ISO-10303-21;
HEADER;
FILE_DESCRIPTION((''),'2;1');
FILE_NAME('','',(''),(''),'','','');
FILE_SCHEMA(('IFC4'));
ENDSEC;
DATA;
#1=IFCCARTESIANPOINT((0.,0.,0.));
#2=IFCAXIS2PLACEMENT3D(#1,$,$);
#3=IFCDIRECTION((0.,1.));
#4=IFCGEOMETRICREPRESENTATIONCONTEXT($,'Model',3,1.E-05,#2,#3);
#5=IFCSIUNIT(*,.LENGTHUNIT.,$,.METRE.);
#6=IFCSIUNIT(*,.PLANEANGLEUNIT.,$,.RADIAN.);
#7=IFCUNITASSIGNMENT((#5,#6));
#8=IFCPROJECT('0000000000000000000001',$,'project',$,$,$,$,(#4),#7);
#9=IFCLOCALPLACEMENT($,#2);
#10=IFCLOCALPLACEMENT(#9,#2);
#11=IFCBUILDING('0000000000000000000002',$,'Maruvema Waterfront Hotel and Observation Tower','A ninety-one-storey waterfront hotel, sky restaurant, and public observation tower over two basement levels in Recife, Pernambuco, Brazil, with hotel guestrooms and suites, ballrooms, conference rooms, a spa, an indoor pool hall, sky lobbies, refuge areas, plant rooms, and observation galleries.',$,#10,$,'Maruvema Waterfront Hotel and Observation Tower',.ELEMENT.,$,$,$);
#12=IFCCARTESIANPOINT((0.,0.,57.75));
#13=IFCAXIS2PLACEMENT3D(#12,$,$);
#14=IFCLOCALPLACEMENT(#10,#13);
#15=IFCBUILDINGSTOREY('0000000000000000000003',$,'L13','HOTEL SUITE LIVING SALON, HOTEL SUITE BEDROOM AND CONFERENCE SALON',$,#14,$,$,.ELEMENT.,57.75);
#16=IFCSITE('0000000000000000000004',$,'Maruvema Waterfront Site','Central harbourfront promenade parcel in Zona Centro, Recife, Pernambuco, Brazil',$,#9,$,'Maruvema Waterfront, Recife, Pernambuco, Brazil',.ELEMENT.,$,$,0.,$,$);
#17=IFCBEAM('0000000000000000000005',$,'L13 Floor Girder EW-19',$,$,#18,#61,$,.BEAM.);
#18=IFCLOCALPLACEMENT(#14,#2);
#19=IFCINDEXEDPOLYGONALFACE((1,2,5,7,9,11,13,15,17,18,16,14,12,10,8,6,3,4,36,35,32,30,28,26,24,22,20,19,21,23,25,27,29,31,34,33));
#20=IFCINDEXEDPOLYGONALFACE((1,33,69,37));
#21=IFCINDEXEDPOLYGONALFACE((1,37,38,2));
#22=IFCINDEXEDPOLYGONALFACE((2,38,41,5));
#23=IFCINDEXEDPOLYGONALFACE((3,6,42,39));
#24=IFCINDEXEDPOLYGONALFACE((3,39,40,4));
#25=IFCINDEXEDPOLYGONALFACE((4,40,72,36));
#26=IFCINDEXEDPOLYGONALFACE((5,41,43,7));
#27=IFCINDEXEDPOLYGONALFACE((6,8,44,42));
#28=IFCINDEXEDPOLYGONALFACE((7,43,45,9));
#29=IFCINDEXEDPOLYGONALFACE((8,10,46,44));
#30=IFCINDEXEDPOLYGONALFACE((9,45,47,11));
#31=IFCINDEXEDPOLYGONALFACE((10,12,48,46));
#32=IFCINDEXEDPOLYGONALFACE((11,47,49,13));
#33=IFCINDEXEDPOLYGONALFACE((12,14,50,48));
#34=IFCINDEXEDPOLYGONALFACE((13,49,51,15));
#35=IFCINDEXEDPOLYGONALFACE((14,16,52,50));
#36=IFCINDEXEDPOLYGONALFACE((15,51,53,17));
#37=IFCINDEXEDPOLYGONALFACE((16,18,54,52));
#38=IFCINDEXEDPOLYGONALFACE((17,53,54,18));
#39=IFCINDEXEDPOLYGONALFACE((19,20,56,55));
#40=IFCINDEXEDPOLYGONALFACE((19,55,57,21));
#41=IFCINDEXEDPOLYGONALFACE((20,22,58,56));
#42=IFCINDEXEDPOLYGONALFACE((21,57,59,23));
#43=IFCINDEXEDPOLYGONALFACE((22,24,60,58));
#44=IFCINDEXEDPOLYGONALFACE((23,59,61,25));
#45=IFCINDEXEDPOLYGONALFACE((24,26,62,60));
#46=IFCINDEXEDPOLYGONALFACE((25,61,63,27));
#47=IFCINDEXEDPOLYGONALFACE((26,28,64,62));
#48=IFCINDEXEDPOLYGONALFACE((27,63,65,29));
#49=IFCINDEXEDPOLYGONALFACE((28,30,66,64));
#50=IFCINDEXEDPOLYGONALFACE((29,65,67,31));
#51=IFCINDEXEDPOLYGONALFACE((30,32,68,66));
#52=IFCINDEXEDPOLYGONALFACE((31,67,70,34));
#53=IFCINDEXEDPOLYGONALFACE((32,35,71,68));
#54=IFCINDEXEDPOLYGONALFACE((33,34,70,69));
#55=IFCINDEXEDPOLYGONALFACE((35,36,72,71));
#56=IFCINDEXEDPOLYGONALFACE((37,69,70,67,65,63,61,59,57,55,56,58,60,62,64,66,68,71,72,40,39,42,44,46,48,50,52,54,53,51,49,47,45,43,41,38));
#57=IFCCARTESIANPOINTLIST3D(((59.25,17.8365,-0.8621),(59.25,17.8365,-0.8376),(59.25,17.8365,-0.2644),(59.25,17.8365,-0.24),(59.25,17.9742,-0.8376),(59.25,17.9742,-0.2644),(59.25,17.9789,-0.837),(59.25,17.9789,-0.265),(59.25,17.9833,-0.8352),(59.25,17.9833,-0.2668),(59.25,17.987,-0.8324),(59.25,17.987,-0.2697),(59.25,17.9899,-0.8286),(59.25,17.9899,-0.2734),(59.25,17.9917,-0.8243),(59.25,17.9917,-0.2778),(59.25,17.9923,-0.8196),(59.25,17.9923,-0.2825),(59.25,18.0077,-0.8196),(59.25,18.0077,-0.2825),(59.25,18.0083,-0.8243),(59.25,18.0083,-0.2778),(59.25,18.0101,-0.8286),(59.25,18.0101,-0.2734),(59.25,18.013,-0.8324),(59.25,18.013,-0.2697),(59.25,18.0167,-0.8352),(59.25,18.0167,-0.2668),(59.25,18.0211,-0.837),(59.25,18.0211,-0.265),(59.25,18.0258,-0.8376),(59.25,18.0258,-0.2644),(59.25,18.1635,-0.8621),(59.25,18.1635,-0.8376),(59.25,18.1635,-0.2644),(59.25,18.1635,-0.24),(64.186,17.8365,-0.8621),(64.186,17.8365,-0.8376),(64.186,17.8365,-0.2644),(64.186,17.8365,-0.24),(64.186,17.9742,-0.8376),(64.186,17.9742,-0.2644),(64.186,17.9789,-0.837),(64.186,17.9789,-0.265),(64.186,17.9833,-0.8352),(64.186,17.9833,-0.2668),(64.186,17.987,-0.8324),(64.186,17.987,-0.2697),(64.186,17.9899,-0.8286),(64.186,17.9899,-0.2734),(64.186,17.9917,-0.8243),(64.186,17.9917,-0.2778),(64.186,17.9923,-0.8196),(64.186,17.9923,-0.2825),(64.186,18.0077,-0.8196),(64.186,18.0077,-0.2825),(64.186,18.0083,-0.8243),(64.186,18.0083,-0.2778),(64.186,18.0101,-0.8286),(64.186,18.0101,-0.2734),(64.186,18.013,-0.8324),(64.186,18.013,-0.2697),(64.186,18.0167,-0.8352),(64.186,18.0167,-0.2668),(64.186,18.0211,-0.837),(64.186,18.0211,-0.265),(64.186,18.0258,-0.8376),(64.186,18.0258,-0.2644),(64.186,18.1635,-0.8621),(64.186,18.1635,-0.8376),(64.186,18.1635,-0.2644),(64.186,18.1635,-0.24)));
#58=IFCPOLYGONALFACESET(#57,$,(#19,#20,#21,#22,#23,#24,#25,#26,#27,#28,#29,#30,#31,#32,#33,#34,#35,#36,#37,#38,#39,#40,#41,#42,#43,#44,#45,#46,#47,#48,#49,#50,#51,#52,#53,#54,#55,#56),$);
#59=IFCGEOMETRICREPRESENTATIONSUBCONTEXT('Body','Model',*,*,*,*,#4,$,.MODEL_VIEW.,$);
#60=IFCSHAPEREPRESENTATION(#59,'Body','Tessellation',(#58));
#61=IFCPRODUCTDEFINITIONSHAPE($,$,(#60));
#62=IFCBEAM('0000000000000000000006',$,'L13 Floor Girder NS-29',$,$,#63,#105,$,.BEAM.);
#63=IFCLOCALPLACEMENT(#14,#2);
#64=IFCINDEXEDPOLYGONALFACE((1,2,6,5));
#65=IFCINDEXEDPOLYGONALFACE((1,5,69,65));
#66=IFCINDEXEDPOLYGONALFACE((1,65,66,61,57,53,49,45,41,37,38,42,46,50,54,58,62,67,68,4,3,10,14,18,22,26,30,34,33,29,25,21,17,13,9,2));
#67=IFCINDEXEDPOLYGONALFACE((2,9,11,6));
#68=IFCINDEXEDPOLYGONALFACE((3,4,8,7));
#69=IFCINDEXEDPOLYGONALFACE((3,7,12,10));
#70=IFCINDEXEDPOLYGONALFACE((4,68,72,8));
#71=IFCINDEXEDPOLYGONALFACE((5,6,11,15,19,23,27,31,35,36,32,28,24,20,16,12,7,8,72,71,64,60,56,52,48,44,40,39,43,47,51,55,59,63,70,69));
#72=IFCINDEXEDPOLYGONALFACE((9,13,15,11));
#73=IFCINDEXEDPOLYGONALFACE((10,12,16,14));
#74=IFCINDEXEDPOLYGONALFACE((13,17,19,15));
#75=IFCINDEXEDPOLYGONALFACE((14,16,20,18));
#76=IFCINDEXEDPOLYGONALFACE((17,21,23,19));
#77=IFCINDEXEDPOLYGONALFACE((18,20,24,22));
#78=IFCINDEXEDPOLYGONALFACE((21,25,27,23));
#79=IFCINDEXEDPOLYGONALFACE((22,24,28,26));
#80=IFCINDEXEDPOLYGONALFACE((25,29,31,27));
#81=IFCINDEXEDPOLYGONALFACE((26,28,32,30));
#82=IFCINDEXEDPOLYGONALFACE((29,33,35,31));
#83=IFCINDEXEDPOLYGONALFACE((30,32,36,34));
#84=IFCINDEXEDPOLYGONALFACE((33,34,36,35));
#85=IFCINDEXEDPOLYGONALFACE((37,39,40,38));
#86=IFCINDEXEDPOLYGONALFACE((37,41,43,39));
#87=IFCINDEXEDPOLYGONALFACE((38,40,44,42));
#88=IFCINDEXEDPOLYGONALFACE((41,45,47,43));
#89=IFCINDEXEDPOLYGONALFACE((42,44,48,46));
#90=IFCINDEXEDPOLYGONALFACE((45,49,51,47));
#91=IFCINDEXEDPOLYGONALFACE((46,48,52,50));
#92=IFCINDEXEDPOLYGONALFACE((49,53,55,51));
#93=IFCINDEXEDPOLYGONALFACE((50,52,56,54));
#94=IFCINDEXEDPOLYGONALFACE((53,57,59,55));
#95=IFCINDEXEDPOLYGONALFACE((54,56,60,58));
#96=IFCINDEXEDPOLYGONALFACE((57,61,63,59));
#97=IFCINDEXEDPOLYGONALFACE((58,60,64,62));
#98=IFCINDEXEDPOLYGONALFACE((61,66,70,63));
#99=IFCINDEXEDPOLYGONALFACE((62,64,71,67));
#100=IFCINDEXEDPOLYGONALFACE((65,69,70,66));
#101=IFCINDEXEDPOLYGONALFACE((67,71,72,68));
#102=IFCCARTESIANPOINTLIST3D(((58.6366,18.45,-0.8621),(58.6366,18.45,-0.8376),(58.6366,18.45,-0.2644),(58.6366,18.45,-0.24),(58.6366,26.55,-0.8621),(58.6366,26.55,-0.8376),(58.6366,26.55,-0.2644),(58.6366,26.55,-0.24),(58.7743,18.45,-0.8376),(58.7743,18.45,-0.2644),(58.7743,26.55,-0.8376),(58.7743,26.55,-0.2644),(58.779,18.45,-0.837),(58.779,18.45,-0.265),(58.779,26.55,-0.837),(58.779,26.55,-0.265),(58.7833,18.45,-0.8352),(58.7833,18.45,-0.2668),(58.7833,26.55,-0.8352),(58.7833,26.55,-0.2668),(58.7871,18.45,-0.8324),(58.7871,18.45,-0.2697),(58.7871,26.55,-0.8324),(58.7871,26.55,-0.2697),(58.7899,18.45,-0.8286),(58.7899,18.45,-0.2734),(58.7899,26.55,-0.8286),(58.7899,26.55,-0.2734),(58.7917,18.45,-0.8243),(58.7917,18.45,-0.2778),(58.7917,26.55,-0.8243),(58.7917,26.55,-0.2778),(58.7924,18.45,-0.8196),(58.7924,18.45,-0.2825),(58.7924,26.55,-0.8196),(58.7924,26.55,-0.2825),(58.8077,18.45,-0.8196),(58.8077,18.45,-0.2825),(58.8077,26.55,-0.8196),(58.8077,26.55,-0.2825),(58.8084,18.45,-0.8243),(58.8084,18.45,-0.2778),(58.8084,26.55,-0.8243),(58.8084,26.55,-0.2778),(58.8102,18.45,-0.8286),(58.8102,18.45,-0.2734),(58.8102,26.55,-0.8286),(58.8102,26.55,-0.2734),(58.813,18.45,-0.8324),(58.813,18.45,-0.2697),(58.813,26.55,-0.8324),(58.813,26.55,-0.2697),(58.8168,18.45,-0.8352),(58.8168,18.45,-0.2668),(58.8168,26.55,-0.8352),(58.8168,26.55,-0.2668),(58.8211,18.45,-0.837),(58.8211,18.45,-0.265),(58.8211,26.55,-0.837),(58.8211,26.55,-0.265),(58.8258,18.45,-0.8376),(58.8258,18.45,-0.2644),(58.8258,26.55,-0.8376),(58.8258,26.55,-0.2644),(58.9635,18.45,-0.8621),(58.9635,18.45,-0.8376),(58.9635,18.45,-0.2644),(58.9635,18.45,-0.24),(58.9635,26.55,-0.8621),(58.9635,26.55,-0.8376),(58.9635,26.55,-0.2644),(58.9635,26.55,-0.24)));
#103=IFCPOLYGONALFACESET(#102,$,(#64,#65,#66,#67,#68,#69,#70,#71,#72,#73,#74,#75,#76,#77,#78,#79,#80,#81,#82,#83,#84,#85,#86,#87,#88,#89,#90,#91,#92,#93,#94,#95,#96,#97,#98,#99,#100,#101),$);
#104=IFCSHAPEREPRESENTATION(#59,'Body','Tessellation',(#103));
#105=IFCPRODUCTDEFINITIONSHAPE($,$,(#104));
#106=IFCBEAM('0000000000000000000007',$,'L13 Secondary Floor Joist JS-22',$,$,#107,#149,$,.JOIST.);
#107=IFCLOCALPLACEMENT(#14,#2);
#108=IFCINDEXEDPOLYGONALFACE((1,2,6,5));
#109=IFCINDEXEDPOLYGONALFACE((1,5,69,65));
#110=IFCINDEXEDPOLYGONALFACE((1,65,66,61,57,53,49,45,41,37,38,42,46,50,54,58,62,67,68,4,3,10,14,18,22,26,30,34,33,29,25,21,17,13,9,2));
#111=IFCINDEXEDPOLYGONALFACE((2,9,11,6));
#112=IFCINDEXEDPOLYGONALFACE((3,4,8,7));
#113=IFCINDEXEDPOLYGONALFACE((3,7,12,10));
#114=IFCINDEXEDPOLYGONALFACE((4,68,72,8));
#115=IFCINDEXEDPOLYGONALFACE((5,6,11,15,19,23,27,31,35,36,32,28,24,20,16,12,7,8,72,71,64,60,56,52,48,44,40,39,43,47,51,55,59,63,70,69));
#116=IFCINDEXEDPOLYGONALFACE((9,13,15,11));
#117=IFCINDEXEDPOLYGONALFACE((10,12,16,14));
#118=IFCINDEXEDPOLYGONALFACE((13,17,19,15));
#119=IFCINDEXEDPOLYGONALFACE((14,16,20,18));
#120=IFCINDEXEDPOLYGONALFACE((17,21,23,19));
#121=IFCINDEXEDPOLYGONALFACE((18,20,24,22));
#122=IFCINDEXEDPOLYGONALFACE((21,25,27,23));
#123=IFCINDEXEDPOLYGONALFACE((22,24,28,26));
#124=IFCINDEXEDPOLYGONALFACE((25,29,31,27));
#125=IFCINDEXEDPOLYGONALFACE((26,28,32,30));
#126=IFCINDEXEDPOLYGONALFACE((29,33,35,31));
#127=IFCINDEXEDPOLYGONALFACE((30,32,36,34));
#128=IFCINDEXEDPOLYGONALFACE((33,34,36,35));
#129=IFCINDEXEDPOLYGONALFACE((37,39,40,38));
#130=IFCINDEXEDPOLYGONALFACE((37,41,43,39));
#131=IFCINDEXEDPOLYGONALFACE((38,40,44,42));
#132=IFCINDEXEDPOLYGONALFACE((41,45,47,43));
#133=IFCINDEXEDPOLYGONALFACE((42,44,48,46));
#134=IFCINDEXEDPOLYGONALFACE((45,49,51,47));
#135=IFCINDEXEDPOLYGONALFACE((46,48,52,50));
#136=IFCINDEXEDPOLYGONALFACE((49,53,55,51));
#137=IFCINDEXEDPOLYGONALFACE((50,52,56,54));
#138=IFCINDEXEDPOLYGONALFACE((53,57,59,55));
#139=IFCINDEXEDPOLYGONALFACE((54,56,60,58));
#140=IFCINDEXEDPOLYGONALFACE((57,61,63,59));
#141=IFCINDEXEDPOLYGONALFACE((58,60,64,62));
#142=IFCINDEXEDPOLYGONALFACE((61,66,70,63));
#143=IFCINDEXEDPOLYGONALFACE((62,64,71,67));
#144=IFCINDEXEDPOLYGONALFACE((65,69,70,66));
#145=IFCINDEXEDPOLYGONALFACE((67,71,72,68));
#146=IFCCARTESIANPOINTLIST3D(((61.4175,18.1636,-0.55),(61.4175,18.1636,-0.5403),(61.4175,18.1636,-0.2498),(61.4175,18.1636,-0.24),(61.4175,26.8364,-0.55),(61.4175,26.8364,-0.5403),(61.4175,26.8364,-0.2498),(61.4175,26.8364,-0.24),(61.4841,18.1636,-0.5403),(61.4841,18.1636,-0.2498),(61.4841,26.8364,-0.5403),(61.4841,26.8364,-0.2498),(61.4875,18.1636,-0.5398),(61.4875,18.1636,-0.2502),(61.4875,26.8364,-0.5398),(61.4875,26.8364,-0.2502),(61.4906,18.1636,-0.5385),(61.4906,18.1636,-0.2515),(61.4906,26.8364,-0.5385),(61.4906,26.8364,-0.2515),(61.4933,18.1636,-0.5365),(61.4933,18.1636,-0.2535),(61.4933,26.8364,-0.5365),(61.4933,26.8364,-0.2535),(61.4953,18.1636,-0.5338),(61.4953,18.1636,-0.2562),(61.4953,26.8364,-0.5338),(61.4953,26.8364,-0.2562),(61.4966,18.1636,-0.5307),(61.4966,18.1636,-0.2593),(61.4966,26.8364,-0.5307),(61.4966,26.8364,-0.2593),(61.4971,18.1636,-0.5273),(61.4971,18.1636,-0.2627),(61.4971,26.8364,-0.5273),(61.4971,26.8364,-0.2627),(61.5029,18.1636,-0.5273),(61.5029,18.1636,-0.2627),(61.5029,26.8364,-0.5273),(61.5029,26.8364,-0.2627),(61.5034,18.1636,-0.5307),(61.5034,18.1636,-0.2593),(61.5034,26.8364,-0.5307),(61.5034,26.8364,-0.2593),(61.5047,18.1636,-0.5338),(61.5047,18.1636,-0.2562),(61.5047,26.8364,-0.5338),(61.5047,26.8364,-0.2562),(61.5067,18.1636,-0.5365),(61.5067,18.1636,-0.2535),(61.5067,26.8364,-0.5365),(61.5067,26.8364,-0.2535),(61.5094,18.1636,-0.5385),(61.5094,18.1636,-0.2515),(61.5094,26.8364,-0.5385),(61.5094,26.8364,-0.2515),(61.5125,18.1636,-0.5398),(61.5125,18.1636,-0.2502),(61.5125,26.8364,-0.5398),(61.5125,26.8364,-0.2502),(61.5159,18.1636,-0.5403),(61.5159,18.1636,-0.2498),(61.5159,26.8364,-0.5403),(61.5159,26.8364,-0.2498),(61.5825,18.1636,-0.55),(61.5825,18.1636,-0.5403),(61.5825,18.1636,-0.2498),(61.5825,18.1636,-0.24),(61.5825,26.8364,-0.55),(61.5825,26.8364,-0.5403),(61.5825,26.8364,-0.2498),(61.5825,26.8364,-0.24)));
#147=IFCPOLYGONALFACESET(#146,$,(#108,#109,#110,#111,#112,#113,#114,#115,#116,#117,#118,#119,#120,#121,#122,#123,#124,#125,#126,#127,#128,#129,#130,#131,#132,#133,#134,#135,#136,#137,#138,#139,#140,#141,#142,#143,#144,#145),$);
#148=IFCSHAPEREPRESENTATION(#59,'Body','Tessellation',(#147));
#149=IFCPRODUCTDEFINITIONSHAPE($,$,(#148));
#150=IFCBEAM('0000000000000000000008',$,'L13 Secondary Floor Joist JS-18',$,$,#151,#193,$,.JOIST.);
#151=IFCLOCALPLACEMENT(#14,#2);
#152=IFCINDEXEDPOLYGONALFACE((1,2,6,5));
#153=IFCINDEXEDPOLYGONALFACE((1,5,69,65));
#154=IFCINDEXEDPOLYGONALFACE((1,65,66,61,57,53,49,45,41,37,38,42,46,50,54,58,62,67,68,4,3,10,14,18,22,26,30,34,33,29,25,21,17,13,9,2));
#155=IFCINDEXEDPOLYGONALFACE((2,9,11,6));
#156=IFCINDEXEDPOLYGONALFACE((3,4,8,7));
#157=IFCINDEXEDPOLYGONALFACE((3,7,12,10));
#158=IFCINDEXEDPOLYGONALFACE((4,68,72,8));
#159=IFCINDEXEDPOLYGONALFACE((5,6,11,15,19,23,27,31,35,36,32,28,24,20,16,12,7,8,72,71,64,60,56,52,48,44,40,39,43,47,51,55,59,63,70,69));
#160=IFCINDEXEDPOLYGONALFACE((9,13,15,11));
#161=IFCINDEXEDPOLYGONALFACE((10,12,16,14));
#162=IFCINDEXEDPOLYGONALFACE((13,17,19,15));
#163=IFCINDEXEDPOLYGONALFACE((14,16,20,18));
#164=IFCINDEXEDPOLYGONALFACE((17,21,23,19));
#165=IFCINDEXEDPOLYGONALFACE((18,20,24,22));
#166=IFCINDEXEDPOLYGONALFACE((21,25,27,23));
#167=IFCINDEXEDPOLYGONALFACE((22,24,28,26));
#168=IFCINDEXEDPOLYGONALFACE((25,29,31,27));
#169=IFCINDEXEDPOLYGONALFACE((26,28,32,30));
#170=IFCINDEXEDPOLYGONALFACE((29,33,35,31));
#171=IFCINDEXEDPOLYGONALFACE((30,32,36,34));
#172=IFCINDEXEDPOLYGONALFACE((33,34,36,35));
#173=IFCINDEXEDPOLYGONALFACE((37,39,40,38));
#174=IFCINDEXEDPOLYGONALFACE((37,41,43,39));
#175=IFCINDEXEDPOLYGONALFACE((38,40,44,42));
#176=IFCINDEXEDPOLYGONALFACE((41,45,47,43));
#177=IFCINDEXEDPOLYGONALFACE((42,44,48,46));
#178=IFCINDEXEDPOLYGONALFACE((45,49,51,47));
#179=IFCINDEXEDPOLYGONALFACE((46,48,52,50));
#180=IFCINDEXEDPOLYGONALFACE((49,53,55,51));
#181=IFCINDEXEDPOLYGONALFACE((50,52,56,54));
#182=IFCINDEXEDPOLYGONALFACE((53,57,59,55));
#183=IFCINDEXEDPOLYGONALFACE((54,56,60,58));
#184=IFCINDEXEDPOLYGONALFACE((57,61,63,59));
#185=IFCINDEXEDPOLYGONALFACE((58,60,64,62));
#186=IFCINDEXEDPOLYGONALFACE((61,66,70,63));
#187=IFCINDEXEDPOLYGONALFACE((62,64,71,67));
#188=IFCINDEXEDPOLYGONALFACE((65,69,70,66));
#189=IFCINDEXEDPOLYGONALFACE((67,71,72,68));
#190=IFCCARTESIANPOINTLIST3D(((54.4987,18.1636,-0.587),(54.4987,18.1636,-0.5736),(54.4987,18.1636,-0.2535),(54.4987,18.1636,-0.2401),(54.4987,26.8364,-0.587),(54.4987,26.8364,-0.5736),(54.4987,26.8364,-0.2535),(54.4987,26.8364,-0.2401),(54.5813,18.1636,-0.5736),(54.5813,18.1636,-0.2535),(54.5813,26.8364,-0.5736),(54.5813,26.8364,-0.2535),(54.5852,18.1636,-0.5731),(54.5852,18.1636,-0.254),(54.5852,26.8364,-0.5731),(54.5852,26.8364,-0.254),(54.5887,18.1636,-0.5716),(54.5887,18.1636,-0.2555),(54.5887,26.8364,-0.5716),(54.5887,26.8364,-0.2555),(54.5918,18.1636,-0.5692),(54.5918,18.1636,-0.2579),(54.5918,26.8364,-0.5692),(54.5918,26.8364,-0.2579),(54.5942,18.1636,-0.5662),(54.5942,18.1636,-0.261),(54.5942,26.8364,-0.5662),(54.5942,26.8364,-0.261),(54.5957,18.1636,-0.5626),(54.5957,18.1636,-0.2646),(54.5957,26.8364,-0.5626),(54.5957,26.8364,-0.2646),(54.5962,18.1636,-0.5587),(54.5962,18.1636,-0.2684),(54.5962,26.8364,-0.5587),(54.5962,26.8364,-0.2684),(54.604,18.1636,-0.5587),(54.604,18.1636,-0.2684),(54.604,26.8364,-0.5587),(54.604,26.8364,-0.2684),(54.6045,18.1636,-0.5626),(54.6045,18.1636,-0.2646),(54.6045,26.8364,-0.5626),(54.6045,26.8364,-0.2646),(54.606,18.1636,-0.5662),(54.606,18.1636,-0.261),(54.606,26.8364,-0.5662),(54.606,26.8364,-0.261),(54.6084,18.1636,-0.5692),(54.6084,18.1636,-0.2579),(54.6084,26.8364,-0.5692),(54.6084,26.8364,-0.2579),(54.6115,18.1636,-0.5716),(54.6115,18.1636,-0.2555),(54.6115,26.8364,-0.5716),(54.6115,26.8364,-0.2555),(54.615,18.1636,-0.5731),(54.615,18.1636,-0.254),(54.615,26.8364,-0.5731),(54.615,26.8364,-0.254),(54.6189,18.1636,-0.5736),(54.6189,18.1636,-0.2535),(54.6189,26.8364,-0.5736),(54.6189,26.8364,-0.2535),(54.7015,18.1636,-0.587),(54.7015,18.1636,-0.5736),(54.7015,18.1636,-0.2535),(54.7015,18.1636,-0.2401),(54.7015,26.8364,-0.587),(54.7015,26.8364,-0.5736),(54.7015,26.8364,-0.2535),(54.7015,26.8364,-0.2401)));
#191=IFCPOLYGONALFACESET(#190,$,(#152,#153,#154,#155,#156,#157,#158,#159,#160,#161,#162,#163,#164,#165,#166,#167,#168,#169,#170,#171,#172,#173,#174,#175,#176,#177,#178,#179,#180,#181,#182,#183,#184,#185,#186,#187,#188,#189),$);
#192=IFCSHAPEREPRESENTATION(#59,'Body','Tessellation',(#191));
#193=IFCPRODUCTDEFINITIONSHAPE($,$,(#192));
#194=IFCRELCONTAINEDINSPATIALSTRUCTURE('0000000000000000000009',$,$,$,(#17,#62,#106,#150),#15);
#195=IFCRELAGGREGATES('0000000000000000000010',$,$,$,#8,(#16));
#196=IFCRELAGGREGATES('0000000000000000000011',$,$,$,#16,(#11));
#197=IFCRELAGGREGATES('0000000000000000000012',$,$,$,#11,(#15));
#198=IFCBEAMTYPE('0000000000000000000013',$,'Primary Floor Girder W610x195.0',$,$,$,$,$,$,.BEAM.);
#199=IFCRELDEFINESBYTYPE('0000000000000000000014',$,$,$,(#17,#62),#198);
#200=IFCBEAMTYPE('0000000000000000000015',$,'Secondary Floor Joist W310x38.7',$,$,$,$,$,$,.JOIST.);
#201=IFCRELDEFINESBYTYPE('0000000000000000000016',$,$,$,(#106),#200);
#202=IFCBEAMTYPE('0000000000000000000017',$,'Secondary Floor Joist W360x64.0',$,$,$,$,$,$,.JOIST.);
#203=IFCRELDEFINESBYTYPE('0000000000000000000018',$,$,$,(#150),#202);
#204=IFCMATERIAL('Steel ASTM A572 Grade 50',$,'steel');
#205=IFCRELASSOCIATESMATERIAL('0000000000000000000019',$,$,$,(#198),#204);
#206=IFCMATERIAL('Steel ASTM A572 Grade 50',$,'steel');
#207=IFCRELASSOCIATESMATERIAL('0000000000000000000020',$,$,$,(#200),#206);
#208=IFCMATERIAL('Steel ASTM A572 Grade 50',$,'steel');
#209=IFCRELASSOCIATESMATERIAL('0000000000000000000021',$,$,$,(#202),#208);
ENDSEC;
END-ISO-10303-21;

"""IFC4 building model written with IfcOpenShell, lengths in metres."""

from ifc_helpers import new_model, si_unit, direction, frame, origin, origin_2d, place, context, subcontext, project, spatial, i_section, extrude, material, material_profile, profile_set, type_object, element, save


model = new_model("IFC4")

# Units and contexts
model_context = context("Model", 3, precision=1e-05, world=origin(), true_north=direction((0.0, 1.0)))
body_context = subcontext(model_context, "Body", "Model", "MODEL_VIEW")
ifc_project = project(units=[si_unit("LENGTHUNIT", "METRE"), si_unit("PLANEANGLEUNIT", "RADIAN")], contexts=[model_context])

# Site, building, storey
site_placement = place(None, origin())
site = spatial("IfcSite", under=ifc_project, at=site_placement, Name="Maruvema Waterfront Site", Description="Central harbourfront promenade parcel in Zona Centro, Recife, Pernambuco, Brazil", LongName="Maruvema Waterfront, Recife, Pernambuco, Brazil", CompositionType="ELEMENT", RefElevation=0.0)
building_placement = place(site_placement, origin())
building = spatial("IfcBuilding", under=site, at=building_placement, Name="Maruvema Waterfront Hotel and Observation Tower", Description="A ninety-one-storey waterfront hotel, sky restaurant, and public observation tower over two basement levels in Recife, Pernambuco, Brazil, with hotel guestrooms and suites, ballrooms, conference rooms, a spa, an indoor pool hall, sky lobbies, refuge areas, plant rooms, and observation galleries.", LongName="Maruvema Waterfront Hotel and Observation Tower", CompositionType="ELEMENT")
storey_placement = place(building_placement, frame((0.0, 0.0, 57.75)))
storey = spatial("IfcBuildingStorey", under=building, at=storey_placement, Name="L13", Description="HOTEL SUITE LIVING SALON, HOTEL SUITE BEDROOM AND CONFERENCE SALON", CompositionType="ELEMENT", Elevation=57.75)

# Beams
ifc_material_1 = material(Name="Steel ASTM A572 Grade 50", Category="steel")
ifc_material_profile_1 = material_profile(ifc_material_1, i_section(OverallWidth=0.3269, OverallDepth=0.6221, WebThickness=0.0154, FlangeThickness=0.0244, FilletRadius=0.0181, at=origin_2d()), Name="W610x195.0")
ifc_profile_set_1 = profile_set([ifc_material_profile_1], Name="Steel ASTM A572 Grade 50")
beam_type_1 = type_object("IfcBeamType", Name="Primary Floor Girder W610x195.0", PredefinedType="BEAM", material=ifc_profile_set_1)
beam_1_placement = place(storey_placement, frame((59.25, 18.0, -0.551), z_axis=(1.0, 0.0, 0.0), x_axis=(0.0, 1.0, 0.0)))
element("IfcBeam", 1, at=beam_1_placement, inside=storey, type_object=beam_type_1, Name="L13 Floor Girder EW-19", PredefinedType="BEAM", context=body_context, shape_type="SweptSolid", body=[
    extrude(i_section(OverallWidth=0.3269, OverallDepth=0.6221, WebThickness=0.0154, FlangeThickness=0.0244, FilletRadius=0.0181, at=origin_2d()), origin(), (0.0, 0.0, 1.0), 4.936),
])
beam_2_placement = place(storey_placement, frame((58.8, 18.45, -0.551), z_axis=(0.0, 1.0, 0.0), x_axis=(-1.0, 0.0, 0.0)))
element("IfcBeam", 2, at=beam_2_placement, inside=storey, type_object=beam_type_1, Name="L13 Floor Girder NS-29", PredefinedType="BEAM", context=body_context, shape_type="SweptSolid", body=[
    extrude(i_section(OverallWidth=0.3269, OverallDepth=0.6221, WebThickness=0.0154, FlangeThickness=0.0244, FilletRadius=0.0181, at=origin_2d()), origin(), (0.0, 0.0, 1.0), 8.1001),
])
ifc_material_2 = material(Name="Steel ASTM A572 Grade 50", Category="steel")
ifc_material_profile_2 = material_profile(ifc_material_2, i_section(OverallWidth=0.165, OverallDepth=0.3101, WebThickness=0.0059, FlangeThickness=0.0098, FilletRadius=0.0129, at=origin_2d()), Name="W310x38.7")
ifc_profile_set_2 = profile_set([ifc_material_profile_2], Name="Steel ASTM A572 Grade 50")
beam_type_2 = type_object("IfcBeamType", Name="Secondary Floor Joist W310x38.7", PredefinedType="JOIST", material=ifc_profile_set_2)
beam_3_placement = place(storey_placement, frame((61.5, 18.1636, -0.395), z_axis=(0.0, 1.0, 0.0), x_axis=(-1.0, 0.0, 0.0)))
element("IfcBeam", 3, at=beam_3_placement, inside=storey, type_object=beam_type_2, Name="L13 Secondary Floor Joist JS-22", PredefinedType="JOIST", context=body_context, shape_type="SweptSolid", body=[
    extrude(i_section(OverallWidth=0.165, OverallDepth=0.3101, WebThickness=0.0059, FlangeThickness=0.0098, FilletRadius=0.0129, at=origin_2d()), origin(), (0.0, 0.0, 1.0), 8.6729),
])
ifc_material_3 = material(Name="Steel ASTM A572 Grade 50", Category="steel")
ifc_material_profile_3 = material_profile(ifc_material_3, i_section(OverallWidth=0.2029, OverallDepth=0.3469, WebThickness=0.0078, FlangeThickness=0.0134, FilletRadius=0.0149, at=origin_2d()), Name="W360x64.0")
ifc_profile_set_3 = profile_set([ifc_material_profile_3], Name="Steel ASTM A572 Grade 50")
beam_type_3 = type_object("IfcBeamType", Name="Secondary Floor Joist W360x64.0", PredefinedType="JOIST", material=ifc_profile_set_3)
beam_4_placement = place(storey_placement, frame((54.6001, 18.1636, -0.4136), z_axis=(0.0, 1.0, 0.0), x_axis=(-1.0, 0.0, 0.0)))
element("IfcBeam", 4, at=beam_4_placement, inside=storey, type_object=beam_type_3, Name="L13 Secondary Floor Joist JS-18", PredefinedType="JOIST", context=body_context, shape_type="SweptSolid", body=[
    extrude(i_section(OverallWidth=0.2029, OverallDepth=0.3469, WebThickness=0.0078, FlangeThickness=0.0134, FilletRadius=0.0149, at=origin_2d()), origin(), (0.0, 0.0, 1.0), 8.6729),
])

save(model, "model.ifc")
